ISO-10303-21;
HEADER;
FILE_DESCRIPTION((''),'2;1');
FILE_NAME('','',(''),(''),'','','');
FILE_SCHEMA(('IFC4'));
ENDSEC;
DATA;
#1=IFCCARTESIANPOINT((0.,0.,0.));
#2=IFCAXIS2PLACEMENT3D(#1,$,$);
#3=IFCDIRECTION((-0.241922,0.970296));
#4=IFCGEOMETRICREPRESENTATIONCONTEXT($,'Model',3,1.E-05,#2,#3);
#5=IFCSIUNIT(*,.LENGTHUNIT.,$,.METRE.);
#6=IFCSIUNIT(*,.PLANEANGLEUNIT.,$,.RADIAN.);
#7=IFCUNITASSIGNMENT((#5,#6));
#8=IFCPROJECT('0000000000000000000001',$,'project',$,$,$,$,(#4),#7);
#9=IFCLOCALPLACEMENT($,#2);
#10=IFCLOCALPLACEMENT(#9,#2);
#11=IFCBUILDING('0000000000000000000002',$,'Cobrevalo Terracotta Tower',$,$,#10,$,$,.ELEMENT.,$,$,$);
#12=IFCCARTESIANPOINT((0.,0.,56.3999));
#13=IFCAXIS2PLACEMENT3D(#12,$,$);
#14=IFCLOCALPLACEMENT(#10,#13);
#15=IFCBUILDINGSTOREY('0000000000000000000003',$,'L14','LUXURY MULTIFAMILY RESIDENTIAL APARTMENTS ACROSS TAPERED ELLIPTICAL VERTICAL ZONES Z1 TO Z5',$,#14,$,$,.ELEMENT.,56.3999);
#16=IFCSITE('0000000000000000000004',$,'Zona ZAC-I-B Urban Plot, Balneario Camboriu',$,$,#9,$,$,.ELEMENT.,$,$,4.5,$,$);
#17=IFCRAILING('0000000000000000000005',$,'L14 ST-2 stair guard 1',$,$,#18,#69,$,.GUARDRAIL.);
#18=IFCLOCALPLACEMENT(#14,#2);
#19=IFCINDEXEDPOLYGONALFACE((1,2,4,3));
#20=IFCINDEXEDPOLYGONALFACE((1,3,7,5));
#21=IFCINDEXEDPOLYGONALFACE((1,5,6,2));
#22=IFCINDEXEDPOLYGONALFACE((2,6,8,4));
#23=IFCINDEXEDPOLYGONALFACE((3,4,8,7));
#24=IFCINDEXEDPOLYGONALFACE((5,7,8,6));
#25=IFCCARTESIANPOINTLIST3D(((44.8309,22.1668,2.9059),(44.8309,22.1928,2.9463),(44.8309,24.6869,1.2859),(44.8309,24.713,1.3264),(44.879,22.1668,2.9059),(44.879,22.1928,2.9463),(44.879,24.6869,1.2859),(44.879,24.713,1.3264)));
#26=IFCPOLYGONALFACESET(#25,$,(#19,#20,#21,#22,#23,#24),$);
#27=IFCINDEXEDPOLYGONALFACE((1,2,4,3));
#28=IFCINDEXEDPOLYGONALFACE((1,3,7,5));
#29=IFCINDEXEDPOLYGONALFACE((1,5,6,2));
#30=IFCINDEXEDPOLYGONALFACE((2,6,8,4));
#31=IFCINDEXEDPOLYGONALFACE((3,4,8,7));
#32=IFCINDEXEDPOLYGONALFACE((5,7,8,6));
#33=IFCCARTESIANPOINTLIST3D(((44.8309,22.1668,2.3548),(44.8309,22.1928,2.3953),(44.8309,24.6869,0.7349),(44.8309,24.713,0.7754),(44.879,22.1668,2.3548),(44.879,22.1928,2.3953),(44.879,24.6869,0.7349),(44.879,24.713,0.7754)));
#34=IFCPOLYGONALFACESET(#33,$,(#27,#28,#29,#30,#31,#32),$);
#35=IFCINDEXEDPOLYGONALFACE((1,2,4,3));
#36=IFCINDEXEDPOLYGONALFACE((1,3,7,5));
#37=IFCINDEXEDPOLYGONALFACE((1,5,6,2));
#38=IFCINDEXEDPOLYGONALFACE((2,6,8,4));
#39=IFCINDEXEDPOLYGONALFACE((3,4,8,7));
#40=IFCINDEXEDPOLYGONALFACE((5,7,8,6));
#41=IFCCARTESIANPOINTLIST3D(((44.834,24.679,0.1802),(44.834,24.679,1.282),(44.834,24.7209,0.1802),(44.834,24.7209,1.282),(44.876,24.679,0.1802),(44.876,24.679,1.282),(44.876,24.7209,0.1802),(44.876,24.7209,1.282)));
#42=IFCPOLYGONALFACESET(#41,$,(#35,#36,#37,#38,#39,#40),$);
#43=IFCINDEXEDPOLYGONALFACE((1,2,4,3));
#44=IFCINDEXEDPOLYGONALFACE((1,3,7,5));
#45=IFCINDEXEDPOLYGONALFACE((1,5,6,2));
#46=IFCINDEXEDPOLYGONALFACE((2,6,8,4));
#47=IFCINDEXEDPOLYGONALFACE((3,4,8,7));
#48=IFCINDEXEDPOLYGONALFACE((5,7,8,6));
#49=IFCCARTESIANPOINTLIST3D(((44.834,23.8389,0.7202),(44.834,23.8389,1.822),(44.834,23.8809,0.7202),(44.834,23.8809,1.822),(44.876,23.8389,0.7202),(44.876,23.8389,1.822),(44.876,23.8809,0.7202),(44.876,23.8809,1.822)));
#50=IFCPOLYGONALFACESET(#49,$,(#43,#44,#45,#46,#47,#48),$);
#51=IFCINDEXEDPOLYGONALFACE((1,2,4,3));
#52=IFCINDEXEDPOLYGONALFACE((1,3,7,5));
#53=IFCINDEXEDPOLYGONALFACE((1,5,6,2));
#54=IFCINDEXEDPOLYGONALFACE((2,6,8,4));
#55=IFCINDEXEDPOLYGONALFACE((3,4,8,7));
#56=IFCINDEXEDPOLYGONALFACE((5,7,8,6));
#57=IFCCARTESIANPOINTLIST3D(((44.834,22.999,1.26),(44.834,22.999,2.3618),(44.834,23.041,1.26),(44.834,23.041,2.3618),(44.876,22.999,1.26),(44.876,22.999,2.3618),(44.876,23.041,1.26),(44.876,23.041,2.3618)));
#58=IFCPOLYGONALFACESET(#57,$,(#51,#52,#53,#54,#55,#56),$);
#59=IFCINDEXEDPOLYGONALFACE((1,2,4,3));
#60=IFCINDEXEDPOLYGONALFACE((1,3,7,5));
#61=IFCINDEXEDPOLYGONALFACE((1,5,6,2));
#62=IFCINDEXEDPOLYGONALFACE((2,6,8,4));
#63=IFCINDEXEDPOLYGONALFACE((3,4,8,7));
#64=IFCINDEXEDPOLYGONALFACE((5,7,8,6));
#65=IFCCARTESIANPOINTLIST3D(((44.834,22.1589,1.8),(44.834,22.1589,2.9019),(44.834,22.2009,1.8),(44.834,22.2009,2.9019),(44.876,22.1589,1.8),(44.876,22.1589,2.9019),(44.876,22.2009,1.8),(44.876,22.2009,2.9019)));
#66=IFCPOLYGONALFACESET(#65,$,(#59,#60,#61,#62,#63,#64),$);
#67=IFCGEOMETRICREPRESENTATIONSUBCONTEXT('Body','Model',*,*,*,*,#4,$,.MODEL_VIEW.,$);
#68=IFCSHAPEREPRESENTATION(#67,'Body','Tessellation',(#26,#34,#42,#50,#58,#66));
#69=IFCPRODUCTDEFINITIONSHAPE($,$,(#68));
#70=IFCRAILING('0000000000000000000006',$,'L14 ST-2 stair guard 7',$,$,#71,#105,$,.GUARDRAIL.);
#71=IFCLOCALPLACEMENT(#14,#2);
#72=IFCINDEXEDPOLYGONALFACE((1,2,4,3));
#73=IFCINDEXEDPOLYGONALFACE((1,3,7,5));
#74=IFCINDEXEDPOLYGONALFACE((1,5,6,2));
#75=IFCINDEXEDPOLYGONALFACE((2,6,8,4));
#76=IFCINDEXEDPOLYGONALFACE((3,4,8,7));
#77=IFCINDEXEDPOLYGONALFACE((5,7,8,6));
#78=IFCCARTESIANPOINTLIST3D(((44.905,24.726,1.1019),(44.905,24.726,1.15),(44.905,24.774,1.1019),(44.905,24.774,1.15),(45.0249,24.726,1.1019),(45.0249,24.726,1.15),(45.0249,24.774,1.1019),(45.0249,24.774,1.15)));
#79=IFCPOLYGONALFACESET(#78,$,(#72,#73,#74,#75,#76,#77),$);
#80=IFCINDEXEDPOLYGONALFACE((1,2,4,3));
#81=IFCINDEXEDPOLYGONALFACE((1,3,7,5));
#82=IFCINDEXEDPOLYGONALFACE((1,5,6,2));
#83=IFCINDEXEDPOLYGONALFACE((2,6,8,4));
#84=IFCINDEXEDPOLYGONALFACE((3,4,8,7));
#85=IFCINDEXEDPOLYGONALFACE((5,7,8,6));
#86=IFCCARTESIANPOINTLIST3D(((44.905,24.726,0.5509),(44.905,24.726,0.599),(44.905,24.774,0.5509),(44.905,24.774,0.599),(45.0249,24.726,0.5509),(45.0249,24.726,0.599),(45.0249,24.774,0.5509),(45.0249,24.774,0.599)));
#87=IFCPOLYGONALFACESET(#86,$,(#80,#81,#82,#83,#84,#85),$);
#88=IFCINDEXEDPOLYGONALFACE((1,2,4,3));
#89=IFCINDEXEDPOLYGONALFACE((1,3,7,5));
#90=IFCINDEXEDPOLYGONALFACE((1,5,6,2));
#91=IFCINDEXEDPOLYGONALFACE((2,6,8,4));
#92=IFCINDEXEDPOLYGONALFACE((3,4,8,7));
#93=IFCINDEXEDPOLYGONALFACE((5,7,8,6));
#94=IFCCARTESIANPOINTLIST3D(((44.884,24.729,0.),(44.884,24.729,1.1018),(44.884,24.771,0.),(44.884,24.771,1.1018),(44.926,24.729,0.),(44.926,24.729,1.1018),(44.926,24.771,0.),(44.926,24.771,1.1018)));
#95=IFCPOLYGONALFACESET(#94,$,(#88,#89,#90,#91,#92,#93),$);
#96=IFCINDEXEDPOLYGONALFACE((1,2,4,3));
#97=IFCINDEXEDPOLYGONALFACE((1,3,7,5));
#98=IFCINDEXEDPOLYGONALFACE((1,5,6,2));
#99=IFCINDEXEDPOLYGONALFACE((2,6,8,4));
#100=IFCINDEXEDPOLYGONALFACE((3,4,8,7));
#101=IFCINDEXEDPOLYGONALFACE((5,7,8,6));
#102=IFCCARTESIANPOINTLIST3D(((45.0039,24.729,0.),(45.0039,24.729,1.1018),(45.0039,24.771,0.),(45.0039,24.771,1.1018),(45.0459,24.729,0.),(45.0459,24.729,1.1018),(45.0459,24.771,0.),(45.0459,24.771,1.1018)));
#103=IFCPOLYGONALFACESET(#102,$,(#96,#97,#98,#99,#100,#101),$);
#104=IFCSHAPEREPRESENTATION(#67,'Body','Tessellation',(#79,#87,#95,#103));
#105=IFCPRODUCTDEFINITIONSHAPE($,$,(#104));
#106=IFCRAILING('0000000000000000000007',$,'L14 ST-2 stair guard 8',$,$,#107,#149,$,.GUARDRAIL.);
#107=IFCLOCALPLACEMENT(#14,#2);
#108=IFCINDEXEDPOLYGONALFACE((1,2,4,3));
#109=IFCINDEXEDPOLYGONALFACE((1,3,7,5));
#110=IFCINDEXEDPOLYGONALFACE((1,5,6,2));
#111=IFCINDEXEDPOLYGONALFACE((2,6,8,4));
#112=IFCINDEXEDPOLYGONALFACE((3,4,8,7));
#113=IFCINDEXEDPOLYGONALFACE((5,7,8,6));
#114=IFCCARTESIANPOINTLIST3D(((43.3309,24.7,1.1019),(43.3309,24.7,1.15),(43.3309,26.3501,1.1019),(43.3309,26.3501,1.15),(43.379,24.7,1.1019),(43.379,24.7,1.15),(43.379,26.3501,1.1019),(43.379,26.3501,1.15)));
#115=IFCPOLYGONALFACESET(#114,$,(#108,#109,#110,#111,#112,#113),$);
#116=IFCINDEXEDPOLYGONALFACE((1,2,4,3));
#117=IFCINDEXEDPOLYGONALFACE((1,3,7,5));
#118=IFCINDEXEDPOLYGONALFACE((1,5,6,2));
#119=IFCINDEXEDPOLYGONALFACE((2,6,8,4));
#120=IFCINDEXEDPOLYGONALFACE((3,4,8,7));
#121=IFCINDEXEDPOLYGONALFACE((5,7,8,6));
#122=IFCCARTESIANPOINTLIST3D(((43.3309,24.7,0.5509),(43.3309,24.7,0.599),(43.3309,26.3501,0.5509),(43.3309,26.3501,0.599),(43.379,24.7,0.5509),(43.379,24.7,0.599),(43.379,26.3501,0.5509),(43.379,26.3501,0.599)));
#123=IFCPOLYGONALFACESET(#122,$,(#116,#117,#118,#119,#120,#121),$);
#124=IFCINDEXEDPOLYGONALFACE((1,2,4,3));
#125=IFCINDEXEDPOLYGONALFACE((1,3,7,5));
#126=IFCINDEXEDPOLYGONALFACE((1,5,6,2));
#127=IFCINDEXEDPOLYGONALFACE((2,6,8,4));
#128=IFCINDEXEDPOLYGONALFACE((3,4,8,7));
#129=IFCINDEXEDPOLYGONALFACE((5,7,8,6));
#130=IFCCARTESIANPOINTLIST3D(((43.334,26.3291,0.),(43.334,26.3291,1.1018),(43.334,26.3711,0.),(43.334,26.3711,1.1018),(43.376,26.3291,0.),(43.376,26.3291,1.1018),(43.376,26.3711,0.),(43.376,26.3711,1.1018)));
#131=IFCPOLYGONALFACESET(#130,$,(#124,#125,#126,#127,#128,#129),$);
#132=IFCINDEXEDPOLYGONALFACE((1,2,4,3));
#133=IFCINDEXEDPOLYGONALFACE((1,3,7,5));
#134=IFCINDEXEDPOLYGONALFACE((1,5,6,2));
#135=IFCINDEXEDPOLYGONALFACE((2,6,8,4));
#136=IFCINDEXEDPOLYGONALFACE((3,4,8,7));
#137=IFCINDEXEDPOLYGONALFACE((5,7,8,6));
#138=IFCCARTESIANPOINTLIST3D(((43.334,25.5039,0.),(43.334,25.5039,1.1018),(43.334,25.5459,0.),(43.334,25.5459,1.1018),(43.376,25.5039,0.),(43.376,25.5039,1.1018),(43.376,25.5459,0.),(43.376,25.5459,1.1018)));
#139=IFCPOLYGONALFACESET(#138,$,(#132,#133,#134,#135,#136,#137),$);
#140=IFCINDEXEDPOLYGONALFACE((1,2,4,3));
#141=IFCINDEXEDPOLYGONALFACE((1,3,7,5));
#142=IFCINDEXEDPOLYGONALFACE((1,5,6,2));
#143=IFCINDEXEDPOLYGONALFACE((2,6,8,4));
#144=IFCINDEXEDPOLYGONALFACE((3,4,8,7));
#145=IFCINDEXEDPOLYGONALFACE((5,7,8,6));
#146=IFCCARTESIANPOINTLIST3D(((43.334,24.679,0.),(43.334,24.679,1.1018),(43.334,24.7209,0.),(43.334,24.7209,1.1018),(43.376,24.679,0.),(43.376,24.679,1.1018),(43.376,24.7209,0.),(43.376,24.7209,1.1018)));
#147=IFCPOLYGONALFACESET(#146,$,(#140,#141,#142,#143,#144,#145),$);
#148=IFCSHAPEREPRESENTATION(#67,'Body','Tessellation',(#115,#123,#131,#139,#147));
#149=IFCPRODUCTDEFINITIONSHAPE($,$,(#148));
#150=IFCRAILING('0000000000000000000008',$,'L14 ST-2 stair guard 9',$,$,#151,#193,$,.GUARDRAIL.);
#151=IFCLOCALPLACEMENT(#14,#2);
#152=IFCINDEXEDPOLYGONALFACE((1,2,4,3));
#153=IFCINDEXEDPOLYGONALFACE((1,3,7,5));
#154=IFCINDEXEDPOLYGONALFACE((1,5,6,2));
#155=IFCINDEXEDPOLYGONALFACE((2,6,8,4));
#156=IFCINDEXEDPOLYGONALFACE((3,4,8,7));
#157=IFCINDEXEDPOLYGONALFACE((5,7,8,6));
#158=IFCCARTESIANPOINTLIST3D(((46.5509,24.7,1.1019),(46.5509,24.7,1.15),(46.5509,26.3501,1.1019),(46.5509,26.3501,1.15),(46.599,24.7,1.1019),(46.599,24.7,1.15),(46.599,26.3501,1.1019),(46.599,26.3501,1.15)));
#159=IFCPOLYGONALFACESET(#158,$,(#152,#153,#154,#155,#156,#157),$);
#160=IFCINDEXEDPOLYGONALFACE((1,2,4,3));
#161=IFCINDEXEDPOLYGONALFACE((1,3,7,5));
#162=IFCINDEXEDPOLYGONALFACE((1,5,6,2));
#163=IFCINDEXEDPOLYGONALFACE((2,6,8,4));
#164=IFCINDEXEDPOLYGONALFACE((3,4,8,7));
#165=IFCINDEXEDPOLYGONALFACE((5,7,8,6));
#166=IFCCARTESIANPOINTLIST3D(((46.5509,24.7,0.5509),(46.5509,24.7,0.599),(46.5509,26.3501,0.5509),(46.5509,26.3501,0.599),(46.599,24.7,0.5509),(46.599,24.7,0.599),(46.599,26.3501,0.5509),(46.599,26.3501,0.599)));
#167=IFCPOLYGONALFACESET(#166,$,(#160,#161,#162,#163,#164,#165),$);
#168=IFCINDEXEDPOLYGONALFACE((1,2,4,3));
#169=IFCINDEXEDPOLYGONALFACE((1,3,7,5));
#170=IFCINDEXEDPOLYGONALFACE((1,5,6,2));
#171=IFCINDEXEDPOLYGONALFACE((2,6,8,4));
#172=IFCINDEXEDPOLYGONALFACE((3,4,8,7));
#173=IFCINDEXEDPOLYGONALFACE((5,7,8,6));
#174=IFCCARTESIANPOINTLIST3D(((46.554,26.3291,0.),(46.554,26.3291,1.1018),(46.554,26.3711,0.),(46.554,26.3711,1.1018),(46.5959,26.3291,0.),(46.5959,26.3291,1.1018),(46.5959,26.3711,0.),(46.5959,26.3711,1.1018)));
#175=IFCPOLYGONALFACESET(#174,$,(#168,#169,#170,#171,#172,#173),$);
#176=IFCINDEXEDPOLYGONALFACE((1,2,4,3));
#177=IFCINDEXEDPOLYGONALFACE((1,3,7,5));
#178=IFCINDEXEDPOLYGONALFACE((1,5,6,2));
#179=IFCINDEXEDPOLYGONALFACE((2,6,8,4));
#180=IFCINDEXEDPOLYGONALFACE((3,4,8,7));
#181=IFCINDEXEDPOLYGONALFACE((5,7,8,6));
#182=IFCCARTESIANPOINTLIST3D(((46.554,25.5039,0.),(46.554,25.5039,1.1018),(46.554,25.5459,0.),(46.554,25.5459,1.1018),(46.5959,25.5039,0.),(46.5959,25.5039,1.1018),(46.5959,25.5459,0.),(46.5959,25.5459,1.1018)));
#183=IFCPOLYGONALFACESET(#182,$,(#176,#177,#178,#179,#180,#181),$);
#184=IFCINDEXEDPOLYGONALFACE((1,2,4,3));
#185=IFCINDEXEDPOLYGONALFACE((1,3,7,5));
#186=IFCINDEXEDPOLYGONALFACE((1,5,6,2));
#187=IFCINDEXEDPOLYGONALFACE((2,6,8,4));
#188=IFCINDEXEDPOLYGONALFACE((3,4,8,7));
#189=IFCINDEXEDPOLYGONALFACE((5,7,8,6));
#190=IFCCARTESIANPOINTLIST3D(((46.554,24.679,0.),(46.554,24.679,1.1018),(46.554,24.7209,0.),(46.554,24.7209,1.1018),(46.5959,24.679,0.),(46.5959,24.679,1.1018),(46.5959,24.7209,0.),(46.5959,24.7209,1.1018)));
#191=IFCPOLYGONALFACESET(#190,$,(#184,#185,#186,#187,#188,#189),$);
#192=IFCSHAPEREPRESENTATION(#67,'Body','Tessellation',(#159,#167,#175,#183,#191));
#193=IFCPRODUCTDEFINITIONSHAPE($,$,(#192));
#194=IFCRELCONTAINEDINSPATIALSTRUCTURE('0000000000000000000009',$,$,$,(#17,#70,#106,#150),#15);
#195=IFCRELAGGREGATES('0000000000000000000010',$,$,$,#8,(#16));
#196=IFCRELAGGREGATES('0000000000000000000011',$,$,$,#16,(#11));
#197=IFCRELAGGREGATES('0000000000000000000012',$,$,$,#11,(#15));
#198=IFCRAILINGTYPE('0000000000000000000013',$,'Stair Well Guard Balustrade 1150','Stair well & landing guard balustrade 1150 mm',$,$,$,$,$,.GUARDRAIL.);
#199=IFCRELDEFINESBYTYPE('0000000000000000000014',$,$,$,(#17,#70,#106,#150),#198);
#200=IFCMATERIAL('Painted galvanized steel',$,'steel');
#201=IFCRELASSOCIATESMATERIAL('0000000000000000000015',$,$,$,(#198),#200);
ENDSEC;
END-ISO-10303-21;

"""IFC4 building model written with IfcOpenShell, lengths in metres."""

from ifc_helpers import new_model, si_unit, direction, frame, origin, origin_2d, place, context, subcontext, project, spatial, rectangle, extrude, material, type_object, element, save


model = new_model("IFC4")

# Units and contexts
model_context = context("Model", 3, precision=1e-05, world=origin(), true_north=direction((-0.241922, 0.970296)))
body_context = subcontext(model_context, "Body", "Model", "MODEL_VIEW")
ifc_project = project(units=[si_unit("LENGTHUNIT", "METRE"), si_unit("PLANEANGLEUNIT", "RADIAN")], contexts=[model_context])

# Site, building, storey
site_placement = place(None, origin())
site = spatial("IfcSite", under=ifc_project, at=site_placement, Name="Zona ZAC-I-B Urban Plot, Balneario Camboriu", CompositionType="ELEMENT", RefElevation=4.5)
building_placement = place(site_placement, origin())
building = spatial("IfcBuilding", under=site, at=building_placement, Name="Cobrevalo Terracotta Tower", CompositionType="ELEMENT")
storey_placement = place(building_placement, frame((0.0, 0.0, 56.3999)))
storey = spatial("IfcBuildingStorey", under=building, at=storey_placement, Name="L14", Description="LUXURY MULTIFAMILY RESIDENTIAL APARTMENTS ACROSS TAPERED ELLIPTICAL VERTICAL ZONES Z1 TO Z5", CompositionType="ELEMENT", Elevation=56.3999)

# Railings
ifc_material_1 = material(Name="Painted galvanized steel", Category="steel")
railing_type = type_object("IfcRailingType", Name="Stair Well Guard Balustrade 1150", Description="Stair well & landing guard balustrade 1150 mm", PredefinedType="GUARDRAIL", material=ifc_material_1)
railing_1_placement = place(storey_placement, frame((44.855, 24.7, 0.1802)))
element("IfcRailing", 1, at=railing_1_placement, inside=storey, type_object=railing_type, Name="L14 ST-2 stair guard 1", PredefinedType="GUARDRAIL", context=body_context, shape_type="SweptSolid", body=[
    extrude(rectangle(XDim=0.0481, YDim=0.0481, at=origin_2d()), frame((0.0, 0.0, 1.126), z_axis=(0.0, -0.8412, 0.540725), x_axis=(1.0, 0.0, 0.0)), (0.0, 0.0, 1.0), 2.9958),
    extrude(rectangle(XDim=0.0481, YDim=0.0481, at=origin_2d()), frame((0.0, 0.0, 0.575), z_axis=(0.0, -0.8412, 0.540725), x_axis=(1.0, 0.0, 0.0)), (0.0, 0.0, 1.0), 2.9958),
    extrude(rectangle(XDim=0.042, YDim=0.042, at=origin_2d()), origin(), (0.0, 0.0, 1.0), 1.1018),
    extrude(rectangle(XDim=0.042, YDim=0.042, at=origin_2d()), frame((0.0, -0.8401, 0.54)), (0.0, 0.0, 1.0), 1.1018),
    extrude(rectangle(XDim=0.042, YDim=0.042, at=origin_2d()), frame((0.0, -1.6799, 1.0798)), (0.0, 0.0, 1.0), 1.1018),
    extrude(rectangle(XDim=0.042, YDim=0.042, at=origin_2d()), frame((0.0, -2.52, 1.6199)), (0.0, 0.0, 1.0), 1.1018),
])
railing_2_placement = place(storey_placement, frame((44.905, 24.75, 0.0)))
element("IfcRailing", 2, at=railing_2_placement, inside=storey, type_object=railing_type, Name="L14 ST-2 stair guard 7", PredefinedType="GUARDRAIL", context=body_context, shape_type="SweptSolid", body=[
    extrude(rectangle(XDim=0.0481, YDim=0.0481, at=origin_2d()), frame((0.0, 0.0, 1.126), z_axis=(1.0, 0.0, 0.0), x_axis=(0.0, 1.0, 0.0)), (0.0, 0.0, 1.0), 0.1199),
    extrude(rectangle(XDim=0.0481, YDim=0.0481, at=origin_2d()), frame((0.0, 0.0, 0.575), z_axis=(1.0, 0.0, 0.0), x_axis=(0.0, 1.0, 0.0)), (0.0, 0.0, 1.0), 0.1199),
    extrude(rectangle(XDim=0.042, YDim=0.042, at=origin_2d()), origin(), (0.0, 0.0, 1.0), 1.1018),
    extrude(rectangle(XDim=0.042, YDim=0.042, at=origin_2d()), frame((0.1199, 0.0, 0.0)), (0.0, 0.0, 1.0), 1.1018),
])
for number, where, name in (
    (3, (43.355, 26.3501, 0.0), "L14 ST-2 stair guard 8"),
    (4, (46.575, 26.3501, 0.0), "L14 ST-2 stair guard 9"),
):
    element("IfcRailing", number, at=place(storey_placement, frame(where)), inside=storey, type_object=railing_type, Name=name, PredefinedType="GUARDRAIL", context=body_context, shape_type="SweptSolid", body=[
        extrude(rectangle(XDim=0.0481, YDim=0.0481, at=origin_2d()), frame((0.0, 0.0, 1.126), z_axis=(0.0, -1.0, 0.0), x_axis=(1.0, 0.0, 0.0)), (0.0, 0.0, 1.0), 1.6501),
        extrude(rectangle(XDim=0.0481, YDim=0.0481, at=origin_2d()), frame((0.0, 0.0, 0.575), z_axis=(0.0, -1.0, 0.0), x_axis=(1.0, 0.0, 0.0)), (0.0, 0.0, 1.0), 1.6501),
        extrude(rectangle(XDim=0.042, YDim=0.042, at=origin_2d()), origin(), (0.0, 0.0, 1.0), 1.1018),
        extrude(rectangle(XDim=0.042, YDim=0.042, at=origin_2d()), frame((0.0, -0.8252, 0.0)), (0.0, 0.0, 1.0), 1.1018),
        extrude(rectangle(XDim=0.042, YDim=0.042, at=origin_2d()), frame((0.0, -1.6501, 0.0)), (0.0, 0.0, 1.0), 1.1018),
    ])

save(model, "model.ifc")
